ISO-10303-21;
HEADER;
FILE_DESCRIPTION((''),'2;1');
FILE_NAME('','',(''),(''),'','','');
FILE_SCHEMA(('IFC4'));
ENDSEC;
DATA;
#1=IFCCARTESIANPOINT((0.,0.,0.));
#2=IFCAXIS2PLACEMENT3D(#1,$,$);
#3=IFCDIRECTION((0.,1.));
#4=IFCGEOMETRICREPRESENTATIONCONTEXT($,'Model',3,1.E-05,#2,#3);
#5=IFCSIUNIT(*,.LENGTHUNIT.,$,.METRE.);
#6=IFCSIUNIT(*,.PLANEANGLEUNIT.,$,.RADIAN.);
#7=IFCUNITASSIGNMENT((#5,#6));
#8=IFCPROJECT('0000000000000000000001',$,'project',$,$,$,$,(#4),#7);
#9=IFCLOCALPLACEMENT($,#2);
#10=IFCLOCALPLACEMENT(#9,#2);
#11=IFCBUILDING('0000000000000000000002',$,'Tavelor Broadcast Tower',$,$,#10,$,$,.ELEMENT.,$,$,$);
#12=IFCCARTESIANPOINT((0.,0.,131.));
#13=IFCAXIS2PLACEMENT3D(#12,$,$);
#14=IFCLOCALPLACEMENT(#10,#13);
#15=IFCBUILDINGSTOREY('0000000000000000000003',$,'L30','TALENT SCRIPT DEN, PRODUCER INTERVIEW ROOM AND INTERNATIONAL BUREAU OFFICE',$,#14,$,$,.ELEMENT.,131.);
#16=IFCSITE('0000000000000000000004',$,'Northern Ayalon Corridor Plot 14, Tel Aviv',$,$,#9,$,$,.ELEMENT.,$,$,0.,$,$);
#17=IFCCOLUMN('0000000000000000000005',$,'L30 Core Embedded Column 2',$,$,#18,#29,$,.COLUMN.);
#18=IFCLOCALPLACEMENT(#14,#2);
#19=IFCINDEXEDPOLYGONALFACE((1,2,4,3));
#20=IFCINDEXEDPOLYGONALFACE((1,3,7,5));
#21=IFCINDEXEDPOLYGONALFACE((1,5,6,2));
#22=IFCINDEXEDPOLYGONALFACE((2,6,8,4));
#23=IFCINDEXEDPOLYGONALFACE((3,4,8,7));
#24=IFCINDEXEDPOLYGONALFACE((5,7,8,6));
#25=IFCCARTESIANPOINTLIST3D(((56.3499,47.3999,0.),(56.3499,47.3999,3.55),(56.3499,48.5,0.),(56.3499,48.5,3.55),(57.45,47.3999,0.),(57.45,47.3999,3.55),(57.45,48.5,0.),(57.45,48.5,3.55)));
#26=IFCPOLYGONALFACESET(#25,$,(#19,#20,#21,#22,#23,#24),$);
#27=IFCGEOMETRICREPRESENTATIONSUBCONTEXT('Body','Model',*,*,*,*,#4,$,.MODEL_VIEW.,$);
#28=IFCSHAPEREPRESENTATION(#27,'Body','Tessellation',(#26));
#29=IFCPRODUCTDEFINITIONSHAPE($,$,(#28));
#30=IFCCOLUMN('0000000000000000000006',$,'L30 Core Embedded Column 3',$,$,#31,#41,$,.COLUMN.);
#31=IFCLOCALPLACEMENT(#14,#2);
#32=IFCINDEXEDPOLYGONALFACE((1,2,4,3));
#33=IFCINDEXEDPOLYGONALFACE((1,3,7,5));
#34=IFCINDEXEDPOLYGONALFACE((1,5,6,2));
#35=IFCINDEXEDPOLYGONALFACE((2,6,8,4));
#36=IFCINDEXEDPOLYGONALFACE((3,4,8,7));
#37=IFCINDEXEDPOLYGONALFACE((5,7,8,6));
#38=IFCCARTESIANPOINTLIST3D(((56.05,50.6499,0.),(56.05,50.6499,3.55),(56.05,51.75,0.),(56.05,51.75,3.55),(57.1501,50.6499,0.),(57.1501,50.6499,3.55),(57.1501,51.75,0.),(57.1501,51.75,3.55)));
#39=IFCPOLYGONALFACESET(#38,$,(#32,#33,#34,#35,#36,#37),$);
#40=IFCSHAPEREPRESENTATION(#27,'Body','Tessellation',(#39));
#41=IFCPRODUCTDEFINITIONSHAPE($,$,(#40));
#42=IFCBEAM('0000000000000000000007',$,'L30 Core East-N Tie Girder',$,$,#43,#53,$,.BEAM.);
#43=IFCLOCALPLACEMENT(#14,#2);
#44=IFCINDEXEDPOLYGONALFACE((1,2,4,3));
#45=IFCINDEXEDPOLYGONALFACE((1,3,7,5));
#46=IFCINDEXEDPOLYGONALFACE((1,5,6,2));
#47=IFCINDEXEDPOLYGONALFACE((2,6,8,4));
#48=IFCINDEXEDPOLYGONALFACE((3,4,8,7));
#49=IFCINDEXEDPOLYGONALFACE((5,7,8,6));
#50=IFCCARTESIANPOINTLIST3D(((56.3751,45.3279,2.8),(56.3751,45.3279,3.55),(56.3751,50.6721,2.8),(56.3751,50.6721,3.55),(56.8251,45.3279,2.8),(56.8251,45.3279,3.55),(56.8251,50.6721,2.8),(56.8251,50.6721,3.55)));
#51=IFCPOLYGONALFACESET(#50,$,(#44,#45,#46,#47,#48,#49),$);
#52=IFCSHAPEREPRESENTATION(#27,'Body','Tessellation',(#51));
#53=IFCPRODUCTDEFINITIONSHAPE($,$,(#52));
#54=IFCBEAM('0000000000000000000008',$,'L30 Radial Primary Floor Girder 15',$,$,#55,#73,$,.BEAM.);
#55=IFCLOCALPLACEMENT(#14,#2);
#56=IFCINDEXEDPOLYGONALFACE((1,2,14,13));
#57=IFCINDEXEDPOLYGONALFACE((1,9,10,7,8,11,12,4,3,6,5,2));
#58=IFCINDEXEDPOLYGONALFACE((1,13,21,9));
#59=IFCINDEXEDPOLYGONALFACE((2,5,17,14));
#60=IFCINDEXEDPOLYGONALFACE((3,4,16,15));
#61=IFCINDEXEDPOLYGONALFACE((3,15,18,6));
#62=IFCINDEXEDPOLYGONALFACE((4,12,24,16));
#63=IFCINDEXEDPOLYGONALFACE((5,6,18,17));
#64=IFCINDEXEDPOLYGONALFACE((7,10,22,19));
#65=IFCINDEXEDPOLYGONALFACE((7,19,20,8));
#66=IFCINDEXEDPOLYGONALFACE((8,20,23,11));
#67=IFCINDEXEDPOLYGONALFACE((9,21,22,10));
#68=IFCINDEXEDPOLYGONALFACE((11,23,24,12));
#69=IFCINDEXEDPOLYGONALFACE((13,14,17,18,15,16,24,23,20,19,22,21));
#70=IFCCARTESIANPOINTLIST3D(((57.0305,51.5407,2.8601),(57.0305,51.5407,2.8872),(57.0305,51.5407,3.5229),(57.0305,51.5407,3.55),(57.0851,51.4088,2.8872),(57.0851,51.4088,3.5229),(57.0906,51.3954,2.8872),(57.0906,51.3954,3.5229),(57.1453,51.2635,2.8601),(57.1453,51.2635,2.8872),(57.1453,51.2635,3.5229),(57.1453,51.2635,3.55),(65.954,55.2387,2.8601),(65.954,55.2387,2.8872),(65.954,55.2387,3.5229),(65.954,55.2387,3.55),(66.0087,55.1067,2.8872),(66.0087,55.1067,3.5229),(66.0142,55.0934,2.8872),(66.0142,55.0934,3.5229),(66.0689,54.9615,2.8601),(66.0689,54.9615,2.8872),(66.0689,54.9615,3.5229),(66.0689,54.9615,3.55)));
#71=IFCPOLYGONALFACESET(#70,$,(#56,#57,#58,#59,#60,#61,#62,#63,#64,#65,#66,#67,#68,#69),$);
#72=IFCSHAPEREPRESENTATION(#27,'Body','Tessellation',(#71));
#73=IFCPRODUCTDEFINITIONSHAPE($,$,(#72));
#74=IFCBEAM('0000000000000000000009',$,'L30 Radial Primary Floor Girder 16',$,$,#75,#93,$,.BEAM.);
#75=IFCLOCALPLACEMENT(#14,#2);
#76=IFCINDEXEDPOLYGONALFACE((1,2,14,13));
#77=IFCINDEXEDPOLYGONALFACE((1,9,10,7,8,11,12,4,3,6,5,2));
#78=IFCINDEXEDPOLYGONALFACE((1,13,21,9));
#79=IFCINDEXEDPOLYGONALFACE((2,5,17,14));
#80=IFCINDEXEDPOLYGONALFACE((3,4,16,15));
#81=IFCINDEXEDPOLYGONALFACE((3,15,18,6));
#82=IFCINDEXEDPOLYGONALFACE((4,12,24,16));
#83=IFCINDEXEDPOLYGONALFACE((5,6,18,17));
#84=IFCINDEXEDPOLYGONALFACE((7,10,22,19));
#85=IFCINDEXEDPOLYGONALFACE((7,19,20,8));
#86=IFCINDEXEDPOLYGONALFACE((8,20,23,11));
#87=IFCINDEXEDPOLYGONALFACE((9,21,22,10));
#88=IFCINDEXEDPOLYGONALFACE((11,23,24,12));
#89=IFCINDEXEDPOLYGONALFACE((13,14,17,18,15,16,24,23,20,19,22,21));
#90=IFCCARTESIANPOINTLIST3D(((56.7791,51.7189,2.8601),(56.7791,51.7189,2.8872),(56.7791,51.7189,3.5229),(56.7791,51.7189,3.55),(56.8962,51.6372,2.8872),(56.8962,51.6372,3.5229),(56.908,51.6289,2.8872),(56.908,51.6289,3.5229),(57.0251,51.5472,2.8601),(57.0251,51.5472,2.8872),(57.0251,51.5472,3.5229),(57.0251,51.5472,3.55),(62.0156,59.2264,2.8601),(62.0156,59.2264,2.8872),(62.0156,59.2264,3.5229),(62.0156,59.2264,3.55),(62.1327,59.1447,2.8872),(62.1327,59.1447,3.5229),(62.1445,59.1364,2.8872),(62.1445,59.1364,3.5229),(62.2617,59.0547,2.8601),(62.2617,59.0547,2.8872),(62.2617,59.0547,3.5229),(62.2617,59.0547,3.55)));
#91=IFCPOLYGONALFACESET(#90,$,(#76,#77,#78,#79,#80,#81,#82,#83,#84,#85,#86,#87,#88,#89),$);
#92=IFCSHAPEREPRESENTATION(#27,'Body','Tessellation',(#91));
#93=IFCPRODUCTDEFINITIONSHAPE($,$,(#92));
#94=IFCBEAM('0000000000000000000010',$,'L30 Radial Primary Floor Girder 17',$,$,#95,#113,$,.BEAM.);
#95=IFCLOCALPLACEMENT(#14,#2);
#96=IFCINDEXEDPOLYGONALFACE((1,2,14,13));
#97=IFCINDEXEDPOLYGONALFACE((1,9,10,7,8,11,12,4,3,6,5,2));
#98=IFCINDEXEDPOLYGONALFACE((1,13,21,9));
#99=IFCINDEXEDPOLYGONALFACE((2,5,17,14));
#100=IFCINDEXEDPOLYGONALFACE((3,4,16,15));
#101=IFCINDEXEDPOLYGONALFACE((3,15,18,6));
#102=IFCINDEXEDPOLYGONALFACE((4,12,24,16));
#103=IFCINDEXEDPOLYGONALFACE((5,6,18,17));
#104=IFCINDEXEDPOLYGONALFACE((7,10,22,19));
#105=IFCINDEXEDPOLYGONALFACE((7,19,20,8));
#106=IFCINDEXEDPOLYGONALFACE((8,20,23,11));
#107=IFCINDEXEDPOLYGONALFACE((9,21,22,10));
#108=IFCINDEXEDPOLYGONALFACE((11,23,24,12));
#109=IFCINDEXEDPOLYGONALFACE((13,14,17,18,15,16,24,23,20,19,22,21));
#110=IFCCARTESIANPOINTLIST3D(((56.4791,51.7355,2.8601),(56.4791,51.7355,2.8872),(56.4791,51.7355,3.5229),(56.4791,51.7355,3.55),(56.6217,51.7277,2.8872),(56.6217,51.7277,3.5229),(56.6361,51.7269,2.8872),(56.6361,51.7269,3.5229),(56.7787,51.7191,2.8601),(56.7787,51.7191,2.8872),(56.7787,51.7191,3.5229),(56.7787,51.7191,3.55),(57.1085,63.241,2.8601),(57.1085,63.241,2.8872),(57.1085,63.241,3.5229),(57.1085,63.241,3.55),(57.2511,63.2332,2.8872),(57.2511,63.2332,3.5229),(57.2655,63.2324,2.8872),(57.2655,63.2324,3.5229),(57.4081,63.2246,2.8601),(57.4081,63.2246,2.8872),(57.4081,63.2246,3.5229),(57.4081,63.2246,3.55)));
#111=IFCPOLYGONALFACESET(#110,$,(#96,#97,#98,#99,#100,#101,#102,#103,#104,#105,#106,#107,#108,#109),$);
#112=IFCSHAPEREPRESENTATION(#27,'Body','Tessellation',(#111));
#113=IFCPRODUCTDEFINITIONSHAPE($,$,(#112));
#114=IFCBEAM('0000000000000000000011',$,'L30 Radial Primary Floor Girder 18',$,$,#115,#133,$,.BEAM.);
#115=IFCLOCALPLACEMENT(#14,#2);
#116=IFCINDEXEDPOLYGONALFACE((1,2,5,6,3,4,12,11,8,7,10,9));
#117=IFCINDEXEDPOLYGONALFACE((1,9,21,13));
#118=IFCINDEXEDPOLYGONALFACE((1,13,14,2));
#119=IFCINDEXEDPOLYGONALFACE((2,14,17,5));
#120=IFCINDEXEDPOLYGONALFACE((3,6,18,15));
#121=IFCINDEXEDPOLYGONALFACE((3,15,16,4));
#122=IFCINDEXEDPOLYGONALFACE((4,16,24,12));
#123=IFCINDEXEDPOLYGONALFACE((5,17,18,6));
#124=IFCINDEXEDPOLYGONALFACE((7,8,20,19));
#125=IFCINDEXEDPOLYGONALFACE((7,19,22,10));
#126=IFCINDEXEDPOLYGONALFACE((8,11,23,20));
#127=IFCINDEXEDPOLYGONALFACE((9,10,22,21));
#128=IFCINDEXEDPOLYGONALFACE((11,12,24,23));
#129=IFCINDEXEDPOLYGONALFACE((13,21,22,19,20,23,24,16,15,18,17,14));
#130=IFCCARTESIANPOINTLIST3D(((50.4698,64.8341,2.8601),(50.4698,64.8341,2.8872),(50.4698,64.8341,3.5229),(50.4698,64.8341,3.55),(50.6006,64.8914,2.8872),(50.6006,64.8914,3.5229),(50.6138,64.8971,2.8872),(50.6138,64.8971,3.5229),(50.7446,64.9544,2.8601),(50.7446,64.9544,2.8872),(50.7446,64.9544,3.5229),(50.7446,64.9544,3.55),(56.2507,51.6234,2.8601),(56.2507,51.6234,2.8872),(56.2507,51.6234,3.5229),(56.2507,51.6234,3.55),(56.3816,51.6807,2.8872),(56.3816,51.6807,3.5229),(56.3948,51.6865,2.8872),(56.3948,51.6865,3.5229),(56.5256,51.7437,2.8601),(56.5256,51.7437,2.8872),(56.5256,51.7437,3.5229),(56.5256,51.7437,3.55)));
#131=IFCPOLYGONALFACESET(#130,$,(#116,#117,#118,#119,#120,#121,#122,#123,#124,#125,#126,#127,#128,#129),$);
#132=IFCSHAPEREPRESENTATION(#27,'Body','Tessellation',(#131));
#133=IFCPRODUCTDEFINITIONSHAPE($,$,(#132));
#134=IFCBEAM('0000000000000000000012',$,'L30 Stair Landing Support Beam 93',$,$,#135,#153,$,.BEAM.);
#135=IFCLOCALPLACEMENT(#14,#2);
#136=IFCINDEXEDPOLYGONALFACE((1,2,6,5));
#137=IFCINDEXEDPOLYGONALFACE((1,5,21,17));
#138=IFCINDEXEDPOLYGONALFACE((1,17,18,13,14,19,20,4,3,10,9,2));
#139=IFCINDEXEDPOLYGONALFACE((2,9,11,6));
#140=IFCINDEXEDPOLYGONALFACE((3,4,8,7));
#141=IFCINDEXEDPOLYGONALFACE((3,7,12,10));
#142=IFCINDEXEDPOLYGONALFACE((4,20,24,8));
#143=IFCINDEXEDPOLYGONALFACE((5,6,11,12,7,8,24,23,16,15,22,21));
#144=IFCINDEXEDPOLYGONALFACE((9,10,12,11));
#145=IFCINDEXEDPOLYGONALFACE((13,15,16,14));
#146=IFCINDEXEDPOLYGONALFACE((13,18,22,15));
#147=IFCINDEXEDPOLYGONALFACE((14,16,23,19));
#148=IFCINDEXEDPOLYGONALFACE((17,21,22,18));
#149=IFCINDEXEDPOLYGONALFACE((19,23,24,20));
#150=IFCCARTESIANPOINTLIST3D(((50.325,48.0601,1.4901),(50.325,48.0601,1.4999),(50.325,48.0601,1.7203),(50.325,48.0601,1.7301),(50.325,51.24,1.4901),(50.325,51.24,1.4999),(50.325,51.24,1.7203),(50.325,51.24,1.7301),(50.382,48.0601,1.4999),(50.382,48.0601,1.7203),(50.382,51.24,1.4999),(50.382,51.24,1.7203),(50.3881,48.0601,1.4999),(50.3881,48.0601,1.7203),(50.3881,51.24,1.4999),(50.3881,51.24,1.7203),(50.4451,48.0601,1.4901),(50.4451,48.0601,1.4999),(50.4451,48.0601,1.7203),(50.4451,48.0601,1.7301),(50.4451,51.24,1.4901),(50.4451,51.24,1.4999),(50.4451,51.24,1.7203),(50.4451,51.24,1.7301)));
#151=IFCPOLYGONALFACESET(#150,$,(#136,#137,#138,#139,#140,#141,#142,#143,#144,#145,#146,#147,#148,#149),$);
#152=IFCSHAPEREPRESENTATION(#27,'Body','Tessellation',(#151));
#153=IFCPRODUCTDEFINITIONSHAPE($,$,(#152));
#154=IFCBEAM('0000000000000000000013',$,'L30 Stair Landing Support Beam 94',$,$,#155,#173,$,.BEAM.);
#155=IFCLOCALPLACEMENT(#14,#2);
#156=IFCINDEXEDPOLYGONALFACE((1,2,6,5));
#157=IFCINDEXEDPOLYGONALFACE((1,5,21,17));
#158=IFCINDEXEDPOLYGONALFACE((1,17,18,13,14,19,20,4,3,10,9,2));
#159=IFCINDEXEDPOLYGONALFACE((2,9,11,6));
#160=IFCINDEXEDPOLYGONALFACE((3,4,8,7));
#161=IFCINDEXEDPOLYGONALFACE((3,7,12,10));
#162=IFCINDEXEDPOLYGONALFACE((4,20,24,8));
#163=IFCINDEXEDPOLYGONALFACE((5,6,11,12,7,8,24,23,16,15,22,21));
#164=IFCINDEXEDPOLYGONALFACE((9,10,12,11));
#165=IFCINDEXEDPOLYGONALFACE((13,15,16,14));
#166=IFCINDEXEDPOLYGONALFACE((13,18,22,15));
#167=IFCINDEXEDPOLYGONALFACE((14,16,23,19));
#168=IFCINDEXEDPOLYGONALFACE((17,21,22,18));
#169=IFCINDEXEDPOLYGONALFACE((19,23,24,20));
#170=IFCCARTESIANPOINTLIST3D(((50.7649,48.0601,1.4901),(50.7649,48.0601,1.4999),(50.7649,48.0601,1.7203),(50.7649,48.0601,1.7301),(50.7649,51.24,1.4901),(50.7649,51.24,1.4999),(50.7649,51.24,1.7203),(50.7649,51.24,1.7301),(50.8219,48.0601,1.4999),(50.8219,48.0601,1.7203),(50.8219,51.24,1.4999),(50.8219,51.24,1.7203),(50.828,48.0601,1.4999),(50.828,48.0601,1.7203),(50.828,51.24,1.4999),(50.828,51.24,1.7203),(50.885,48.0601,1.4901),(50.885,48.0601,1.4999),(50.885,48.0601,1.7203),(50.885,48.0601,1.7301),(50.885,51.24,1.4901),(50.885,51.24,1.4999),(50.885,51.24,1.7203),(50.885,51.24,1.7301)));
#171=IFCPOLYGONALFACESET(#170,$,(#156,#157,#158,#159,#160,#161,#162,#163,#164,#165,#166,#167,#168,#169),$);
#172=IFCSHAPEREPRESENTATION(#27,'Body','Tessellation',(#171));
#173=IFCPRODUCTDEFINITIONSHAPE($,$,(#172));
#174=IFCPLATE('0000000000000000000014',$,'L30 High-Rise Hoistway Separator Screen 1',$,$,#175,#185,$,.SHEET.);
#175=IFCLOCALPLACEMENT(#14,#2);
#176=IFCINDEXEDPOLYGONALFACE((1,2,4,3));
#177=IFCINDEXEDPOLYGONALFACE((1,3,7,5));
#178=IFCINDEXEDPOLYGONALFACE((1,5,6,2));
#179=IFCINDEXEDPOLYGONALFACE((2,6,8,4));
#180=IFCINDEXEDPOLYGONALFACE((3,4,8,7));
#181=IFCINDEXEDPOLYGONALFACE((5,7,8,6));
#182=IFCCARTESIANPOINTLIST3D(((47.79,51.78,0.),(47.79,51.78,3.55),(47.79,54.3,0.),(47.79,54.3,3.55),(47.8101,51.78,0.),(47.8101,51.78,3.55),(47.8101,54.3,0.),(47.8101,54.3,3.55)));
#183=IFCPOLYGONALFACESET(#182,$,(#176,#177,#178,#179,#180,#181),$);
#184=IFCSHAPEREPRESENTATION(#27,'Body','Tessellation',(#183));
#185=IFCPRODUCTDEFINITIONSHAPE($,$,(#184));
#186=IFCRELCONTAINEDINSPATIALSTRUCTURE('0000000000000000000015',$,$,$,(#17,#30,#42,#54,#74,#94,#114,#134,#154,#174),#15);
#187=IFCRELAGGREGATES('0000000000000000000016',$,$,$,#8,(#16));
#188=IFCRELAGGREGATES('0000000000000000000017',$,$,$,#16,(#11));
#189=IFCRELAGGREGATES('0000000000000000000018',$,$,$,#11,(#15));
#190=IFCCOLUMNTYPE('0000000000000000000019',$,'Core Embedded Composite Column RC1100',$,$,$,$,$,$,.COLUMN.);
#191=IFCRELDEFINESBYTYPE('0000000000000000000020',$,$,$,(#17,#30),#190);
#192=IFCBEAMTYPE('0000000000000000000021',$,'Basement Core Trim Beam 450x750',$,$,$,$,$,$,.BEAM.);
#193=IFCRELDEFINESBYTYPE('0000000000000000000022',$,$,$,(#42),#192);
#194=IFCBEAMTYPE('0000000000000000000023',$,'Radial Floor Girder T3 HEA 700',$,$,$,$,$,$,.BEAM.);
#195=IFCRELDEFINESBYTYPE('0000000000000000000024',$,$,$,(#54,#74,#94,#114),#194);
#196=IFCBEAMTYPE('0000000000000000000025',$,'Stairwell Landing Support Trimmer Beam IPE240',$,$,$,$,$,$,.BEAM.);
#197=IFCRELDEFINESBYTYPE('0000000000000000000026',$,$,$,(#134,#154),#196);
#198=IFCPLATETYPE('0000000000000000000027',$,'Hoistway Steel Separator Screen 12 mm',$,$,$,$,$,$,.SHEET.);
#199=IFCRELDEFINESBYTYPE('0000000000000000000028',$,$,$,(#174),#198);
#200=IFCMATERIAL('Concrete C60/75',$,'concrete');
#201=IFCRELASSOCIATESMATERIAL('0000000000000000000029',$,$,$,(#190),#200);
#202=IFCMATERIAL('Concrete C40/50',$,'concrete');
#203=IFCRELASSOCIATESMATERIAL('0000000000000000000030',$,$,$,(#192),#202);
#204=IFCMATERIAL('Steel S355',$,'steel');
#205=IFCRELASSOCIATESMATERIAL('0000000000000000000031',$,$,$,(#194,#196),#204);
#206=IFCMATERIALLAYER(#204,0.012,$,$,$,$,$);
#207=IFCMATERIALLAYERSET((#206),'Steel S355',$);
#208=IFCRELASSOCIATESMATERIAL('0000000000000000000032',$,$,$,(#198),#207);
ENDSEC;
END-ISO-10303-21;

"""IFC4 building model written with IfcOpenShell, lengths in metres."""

from ifc_helpers import new_model, si_unit, direction, frame, origin, origin_2d, place, context, subcontext, project, spatial, rectangle, i_section, extrude, source, transform, mapped, material, layer, layer_set, material_profile, profile_set, type_object, type_shapes, element, save


model = new_model("IFC4")

# Units and contexts
model_context = context("Model", 3, precision=1e-05, world=origin(), true_north=direction((0.0, 1.0)))
body_context = subcontext(model_context, "Body", "Model", "MODEL_VIEW")
ifc_project = project(units=[si_unit("LENGTHUNIT", "METRE"), si_unit("PLANEANGLEUNIT", "RADIAN")], contexts=[model_context])

# Site, building, storey
site_placement = place(None, origin())
site = spatial("IfcSite", under=ifc_project, at=site_placement, Name="Northern Ayalon Corridor Plot 14, Tel Aviv", CompositionType="ELEMENT", RefElevation=0.0)
building_placement = place(site_placement, origin())
building = spatial("IfcBuilding", under=site, at=building_placement, Name="Tavelor Broadcast Tower", CompositionType="ELEMENT")
storey_placement = place(building_placement, frame((0.0, 0.0, 131.0)))
storey = spatial("IfcBuildingStorey", under=building, at=storey_placement, Name="L30", Description="TALENT SCRIPT DEN, PRODUCER INTERVIEW ROOM AND INTERNATIONAL BUREAU OFFICE", CompositionType="ELEMENT", Elevation=131.0)

# Columns
ifc_material_1 = material(Name="Concrete C60/75", Category="concrete")
ifc_material_profile_1 = material_profile(ifc_material_1, rectangle(XDim=1.1001, YDim=1.1001, at=origin_2d()), Name="RC 1100x1100")
ifc_profile_set_1 = profile_set([ifc_material_profile_1], Name="Concrete C60/75")
column_type = type_object("IfcColumnType", Name="Core Embedded Composite Column RC1100", PredefinedType="COLUMN", material=ifc_profile_set_1)
for number, where, z_axis, x_axis, name in (
    (1, (56.8999, 47.95, 0.0), (0.0, 0.0, 1.0), (1.0, 0.0, 0.0), "L30 Core Embedded Column 2"),
    (2, (56.6001, 51.2, 0.0), (0.0, 0.0, 1.0), (1.0, 0.0, 0.0), "L30 Core Embedded Column 3"),
):
    element("IfcColumn", number, at=place(storey_placement, frame(where, z_axis=z_axis, x_axis=x_axis)), inside=storey, type_object=column_type, Name=name, PredefinedType="COLUMN", context=body_context, shape_type="SweptSolid", body=[
        extrude(rectangle(XDim=1.1001, YDim=1.1001, at=origin_2d()), origin(), (0.0, 0.0, 1.0), 3.55),
    ])

# Beams
ifc_material_2 = material(Name="Concrete C40/50", Category="concrete")
ifc_material_profile_2 = material_profile(ifc_material_2, rectangle(XDim=0.45, YDim=0.75, at=origin_2d()), Name="RC 450x750")
ifc_profile_set_2 = profile_set([ifc_material_profile_2], Name="Concrete C40/50")
beam_type_1 = type_object("IfcBeamType", Name="Basement Core Trim Beam 450x750", PredefinedType="BEAM", material=ifc_profile_set_2)
beam_1_placement = place(storey_placement, frame((56.6001, 45.3279, 3.175), z_axis=(0.0, 1.0, 0.0), x_axis=(-1.0, 0.0, 0.0)))
element("IfcBeam", 3, at=beam_1_placement, inside=storey, type_object=beam_type_1, Name="L30 Core East-N Tie Girder", PredefinedType="BEAM", context=body_context, shape_type="SweptSolid", body=[
    extrude(rectangle(XDim=0.45, YDim=0.75, at=origin_2d()), origin(), (0.0, 0.0, 1.0), 5.3442),
])
ifc_material_3 = material(Name="Steel S355", Category="steel")
ifc_material_profile_3 = material_profile(ifc_material_3, i_section(OverallWidth=0.3, OverallDepth=0.6899, WebThickness=0.0144, FlangeThickness=0.0271, at=origin_2d()), Name="HEA 700")
ifc_profile_set_3 = profile_set([ifc_material_profile_3], Name="Steel S355")
beam_type_2 = type_object("IfcBeamType", Name="Radial Floor Girder T3 HEA 700", PredefinedType="BEAM", material=ifc_profile_set_3)
beam_2_placement = place(storey_placement, frame((57.0879, 51.4021, 3.2051), z_axis=(0.923816, 0.382836, 0.0), x_axis=(-0.382836, 0.923816, 0.0)))
element("IfcBeam", 4, at=beam_2_placement, inside=storey, type_object=beam_type_2, Name="L30 Radial Primary Floor Girder 15", PredefinedType="BEAM", context=body_context, shape_type="SweptSolid", body=[
    extrude(i_section(OverallWidth=0.3, OverallDepth=0.6899, WebThickness=0.0144, FlangeThickness=0.0271, at=origin_2d()), origin(), (0.0, 0.0, 1.0), 9.6594),
])
beam_3_placement = place(storey_placement, frame((56.9021, 51.6331, 3.2051), z_axis=(0.572089, 0.820192, 0.0), x_axis=(-0.820192, 0.572089, 0.0)))
element("IfcBeam", 5, at=beam_3_placement, inside=storey, type_object=beam_type_2, Name="L30 Radial Primary Floor Girder 16", PredefinedType="BEAM", context=body_context, shape_type="SweptSolid", body=[
    extrude(i_section(OverallWidth=0.3, OverallDepth=0.6899, WebThickness=0.0144, FlangeThickness=0.0271, at=origin_2d()), origin(), (0.0, 0.0, 1.0), 9.1533),
])
beam_4_placement = place(storey_placement, frame((56.6289, 51.7273, 3.2051), z_axis=(0.054622, 0.998507, 0.0), x_axis=(-0.998507, 0.054622, 0.0)))
element("IfcBeam", 6, at=beam_4_placement, inside=storey, type_object=beam_type_2, Name="L30 Radial Primary Floor Girder 17", PredefinedType="BEAM", context=body_context, shape_type="SweptSolid", body=[
    extrude(i_section(OverallWidth=0.3, OverallDepth=0.6899, WebThickness=0.0144, FlangeThickness=0.0271, at=origin_2d()), origin(), (0.0, 0.0, 1.0), 11.5227),
])
beam_5_placement = place(storey_placement, frame((56.3882, 51.6836, 3.2051), z_axis=(-0.400896, 0.916124, 0.0), x_axis=(-0.916124, -0.400896, 0.0)))
element("IfcBeam", 7, at=beam_5_placement, inside=storey, type_object=beam_type_2, Name="L30 Radial Primary Floor Girder 18", PredefinedType="BEAM", context=body_context, shape_type="SweptSolid", body=[
    extrude(i_section(OverallWidth=0.3, OverallDepth=0.6899, WebThickness=0.0144, FlangeThickness=0.0271, at=origin_2d()), origin(), (0.0, 0.0, 1.0), 14.4202),
])
ifc_material_profile_4 = material_profile(ifc_material_3, i_section(OverallWidth=0.1201, OverallDepth=0.24, WebThickness=0.0061, FlangeThickness=0.0098, at=origin_2d()), Name="IPE 240")
ifc_profile_set_4 = profile_set([ifc_material_profile_4], Name="Steel S355")
beam_type_3 = type_object("IfcBeamType", Name="Stairwell Landing Support Trimmer Beam IPE240", PredefinedType="BEAM", material=ifc_profile_set_4)
for number, where, z_axis, x_axis, name in (
    (8, (50.385, 48.0601, 1.6101), (0.0, 1.0, 0.0), (-1.0, 0.0, 0.0), "L30 Stair Landing Support Beam 93"),
    (9, (50.825, 48.0601, 1.6101), (0.0, 1.0, 0.0), (-1.0, 0.0, 0.0), "L30 Stair Landing Support Beam 94"),
):
    element("IfcBeam", number, at=place(storey_placement, frame(where, z_axis=z_axis, x_axis=x_axis)), inside=storey, type_object=beam_type_3, Name=name, PredefinedType="BEAM", context=body_context, shape_type="SweptSolid", body=[
        extrude(i_section(OverallWidth=0.1201, OverallDepth=0.24, WebThickness=0.0061, FlangeThickness=0.0098, at=origin_2d()), origin(), (0.0, 0.0, 1.0), 3.1799),
    ])

# Plate
ifc_layer_1 = layer(ifc_material_3, 0.012)
ifc_layer_set_1 = layer_set([ifc_layer_1], Name="Steel S355")
plate_type = type_object("IfcPlateType", Name="Hoistway Steel Separator Screen 12 mm", PredefinedType="SHEET", material=ifc_layer_set_1)
shared_shape = source(origin(), body_context, "Body", "SweptSolid", [
    extrude(rectangle(XDim=0.02, YDim=2.52, at=origin_2d()), origin(), (0.0, 0.0, 1.0), 3.55),
])
type_shapes(plate_type, [shared_shape])
plate_placement = place(storey_placement, frame((47.8, 53.04, 0.0), z_axis=(0.0, 0.0, 1.0), x_axis=(1.0, 0.0, 0.0)))
element("IfcPlate", 10, at=plate_placement, inside=storey, type_object=plate_type, Name="L30 High-Rise Hoistway Separator Screen 1", PredefinedType="SHEET", context=body_context, shape_type="MappedRepresentation", body=[
    mapped(shared_shape, transform((0.0, 0.0, 0.0), scale=1.0)),
])

save(model, "model.ifc")
